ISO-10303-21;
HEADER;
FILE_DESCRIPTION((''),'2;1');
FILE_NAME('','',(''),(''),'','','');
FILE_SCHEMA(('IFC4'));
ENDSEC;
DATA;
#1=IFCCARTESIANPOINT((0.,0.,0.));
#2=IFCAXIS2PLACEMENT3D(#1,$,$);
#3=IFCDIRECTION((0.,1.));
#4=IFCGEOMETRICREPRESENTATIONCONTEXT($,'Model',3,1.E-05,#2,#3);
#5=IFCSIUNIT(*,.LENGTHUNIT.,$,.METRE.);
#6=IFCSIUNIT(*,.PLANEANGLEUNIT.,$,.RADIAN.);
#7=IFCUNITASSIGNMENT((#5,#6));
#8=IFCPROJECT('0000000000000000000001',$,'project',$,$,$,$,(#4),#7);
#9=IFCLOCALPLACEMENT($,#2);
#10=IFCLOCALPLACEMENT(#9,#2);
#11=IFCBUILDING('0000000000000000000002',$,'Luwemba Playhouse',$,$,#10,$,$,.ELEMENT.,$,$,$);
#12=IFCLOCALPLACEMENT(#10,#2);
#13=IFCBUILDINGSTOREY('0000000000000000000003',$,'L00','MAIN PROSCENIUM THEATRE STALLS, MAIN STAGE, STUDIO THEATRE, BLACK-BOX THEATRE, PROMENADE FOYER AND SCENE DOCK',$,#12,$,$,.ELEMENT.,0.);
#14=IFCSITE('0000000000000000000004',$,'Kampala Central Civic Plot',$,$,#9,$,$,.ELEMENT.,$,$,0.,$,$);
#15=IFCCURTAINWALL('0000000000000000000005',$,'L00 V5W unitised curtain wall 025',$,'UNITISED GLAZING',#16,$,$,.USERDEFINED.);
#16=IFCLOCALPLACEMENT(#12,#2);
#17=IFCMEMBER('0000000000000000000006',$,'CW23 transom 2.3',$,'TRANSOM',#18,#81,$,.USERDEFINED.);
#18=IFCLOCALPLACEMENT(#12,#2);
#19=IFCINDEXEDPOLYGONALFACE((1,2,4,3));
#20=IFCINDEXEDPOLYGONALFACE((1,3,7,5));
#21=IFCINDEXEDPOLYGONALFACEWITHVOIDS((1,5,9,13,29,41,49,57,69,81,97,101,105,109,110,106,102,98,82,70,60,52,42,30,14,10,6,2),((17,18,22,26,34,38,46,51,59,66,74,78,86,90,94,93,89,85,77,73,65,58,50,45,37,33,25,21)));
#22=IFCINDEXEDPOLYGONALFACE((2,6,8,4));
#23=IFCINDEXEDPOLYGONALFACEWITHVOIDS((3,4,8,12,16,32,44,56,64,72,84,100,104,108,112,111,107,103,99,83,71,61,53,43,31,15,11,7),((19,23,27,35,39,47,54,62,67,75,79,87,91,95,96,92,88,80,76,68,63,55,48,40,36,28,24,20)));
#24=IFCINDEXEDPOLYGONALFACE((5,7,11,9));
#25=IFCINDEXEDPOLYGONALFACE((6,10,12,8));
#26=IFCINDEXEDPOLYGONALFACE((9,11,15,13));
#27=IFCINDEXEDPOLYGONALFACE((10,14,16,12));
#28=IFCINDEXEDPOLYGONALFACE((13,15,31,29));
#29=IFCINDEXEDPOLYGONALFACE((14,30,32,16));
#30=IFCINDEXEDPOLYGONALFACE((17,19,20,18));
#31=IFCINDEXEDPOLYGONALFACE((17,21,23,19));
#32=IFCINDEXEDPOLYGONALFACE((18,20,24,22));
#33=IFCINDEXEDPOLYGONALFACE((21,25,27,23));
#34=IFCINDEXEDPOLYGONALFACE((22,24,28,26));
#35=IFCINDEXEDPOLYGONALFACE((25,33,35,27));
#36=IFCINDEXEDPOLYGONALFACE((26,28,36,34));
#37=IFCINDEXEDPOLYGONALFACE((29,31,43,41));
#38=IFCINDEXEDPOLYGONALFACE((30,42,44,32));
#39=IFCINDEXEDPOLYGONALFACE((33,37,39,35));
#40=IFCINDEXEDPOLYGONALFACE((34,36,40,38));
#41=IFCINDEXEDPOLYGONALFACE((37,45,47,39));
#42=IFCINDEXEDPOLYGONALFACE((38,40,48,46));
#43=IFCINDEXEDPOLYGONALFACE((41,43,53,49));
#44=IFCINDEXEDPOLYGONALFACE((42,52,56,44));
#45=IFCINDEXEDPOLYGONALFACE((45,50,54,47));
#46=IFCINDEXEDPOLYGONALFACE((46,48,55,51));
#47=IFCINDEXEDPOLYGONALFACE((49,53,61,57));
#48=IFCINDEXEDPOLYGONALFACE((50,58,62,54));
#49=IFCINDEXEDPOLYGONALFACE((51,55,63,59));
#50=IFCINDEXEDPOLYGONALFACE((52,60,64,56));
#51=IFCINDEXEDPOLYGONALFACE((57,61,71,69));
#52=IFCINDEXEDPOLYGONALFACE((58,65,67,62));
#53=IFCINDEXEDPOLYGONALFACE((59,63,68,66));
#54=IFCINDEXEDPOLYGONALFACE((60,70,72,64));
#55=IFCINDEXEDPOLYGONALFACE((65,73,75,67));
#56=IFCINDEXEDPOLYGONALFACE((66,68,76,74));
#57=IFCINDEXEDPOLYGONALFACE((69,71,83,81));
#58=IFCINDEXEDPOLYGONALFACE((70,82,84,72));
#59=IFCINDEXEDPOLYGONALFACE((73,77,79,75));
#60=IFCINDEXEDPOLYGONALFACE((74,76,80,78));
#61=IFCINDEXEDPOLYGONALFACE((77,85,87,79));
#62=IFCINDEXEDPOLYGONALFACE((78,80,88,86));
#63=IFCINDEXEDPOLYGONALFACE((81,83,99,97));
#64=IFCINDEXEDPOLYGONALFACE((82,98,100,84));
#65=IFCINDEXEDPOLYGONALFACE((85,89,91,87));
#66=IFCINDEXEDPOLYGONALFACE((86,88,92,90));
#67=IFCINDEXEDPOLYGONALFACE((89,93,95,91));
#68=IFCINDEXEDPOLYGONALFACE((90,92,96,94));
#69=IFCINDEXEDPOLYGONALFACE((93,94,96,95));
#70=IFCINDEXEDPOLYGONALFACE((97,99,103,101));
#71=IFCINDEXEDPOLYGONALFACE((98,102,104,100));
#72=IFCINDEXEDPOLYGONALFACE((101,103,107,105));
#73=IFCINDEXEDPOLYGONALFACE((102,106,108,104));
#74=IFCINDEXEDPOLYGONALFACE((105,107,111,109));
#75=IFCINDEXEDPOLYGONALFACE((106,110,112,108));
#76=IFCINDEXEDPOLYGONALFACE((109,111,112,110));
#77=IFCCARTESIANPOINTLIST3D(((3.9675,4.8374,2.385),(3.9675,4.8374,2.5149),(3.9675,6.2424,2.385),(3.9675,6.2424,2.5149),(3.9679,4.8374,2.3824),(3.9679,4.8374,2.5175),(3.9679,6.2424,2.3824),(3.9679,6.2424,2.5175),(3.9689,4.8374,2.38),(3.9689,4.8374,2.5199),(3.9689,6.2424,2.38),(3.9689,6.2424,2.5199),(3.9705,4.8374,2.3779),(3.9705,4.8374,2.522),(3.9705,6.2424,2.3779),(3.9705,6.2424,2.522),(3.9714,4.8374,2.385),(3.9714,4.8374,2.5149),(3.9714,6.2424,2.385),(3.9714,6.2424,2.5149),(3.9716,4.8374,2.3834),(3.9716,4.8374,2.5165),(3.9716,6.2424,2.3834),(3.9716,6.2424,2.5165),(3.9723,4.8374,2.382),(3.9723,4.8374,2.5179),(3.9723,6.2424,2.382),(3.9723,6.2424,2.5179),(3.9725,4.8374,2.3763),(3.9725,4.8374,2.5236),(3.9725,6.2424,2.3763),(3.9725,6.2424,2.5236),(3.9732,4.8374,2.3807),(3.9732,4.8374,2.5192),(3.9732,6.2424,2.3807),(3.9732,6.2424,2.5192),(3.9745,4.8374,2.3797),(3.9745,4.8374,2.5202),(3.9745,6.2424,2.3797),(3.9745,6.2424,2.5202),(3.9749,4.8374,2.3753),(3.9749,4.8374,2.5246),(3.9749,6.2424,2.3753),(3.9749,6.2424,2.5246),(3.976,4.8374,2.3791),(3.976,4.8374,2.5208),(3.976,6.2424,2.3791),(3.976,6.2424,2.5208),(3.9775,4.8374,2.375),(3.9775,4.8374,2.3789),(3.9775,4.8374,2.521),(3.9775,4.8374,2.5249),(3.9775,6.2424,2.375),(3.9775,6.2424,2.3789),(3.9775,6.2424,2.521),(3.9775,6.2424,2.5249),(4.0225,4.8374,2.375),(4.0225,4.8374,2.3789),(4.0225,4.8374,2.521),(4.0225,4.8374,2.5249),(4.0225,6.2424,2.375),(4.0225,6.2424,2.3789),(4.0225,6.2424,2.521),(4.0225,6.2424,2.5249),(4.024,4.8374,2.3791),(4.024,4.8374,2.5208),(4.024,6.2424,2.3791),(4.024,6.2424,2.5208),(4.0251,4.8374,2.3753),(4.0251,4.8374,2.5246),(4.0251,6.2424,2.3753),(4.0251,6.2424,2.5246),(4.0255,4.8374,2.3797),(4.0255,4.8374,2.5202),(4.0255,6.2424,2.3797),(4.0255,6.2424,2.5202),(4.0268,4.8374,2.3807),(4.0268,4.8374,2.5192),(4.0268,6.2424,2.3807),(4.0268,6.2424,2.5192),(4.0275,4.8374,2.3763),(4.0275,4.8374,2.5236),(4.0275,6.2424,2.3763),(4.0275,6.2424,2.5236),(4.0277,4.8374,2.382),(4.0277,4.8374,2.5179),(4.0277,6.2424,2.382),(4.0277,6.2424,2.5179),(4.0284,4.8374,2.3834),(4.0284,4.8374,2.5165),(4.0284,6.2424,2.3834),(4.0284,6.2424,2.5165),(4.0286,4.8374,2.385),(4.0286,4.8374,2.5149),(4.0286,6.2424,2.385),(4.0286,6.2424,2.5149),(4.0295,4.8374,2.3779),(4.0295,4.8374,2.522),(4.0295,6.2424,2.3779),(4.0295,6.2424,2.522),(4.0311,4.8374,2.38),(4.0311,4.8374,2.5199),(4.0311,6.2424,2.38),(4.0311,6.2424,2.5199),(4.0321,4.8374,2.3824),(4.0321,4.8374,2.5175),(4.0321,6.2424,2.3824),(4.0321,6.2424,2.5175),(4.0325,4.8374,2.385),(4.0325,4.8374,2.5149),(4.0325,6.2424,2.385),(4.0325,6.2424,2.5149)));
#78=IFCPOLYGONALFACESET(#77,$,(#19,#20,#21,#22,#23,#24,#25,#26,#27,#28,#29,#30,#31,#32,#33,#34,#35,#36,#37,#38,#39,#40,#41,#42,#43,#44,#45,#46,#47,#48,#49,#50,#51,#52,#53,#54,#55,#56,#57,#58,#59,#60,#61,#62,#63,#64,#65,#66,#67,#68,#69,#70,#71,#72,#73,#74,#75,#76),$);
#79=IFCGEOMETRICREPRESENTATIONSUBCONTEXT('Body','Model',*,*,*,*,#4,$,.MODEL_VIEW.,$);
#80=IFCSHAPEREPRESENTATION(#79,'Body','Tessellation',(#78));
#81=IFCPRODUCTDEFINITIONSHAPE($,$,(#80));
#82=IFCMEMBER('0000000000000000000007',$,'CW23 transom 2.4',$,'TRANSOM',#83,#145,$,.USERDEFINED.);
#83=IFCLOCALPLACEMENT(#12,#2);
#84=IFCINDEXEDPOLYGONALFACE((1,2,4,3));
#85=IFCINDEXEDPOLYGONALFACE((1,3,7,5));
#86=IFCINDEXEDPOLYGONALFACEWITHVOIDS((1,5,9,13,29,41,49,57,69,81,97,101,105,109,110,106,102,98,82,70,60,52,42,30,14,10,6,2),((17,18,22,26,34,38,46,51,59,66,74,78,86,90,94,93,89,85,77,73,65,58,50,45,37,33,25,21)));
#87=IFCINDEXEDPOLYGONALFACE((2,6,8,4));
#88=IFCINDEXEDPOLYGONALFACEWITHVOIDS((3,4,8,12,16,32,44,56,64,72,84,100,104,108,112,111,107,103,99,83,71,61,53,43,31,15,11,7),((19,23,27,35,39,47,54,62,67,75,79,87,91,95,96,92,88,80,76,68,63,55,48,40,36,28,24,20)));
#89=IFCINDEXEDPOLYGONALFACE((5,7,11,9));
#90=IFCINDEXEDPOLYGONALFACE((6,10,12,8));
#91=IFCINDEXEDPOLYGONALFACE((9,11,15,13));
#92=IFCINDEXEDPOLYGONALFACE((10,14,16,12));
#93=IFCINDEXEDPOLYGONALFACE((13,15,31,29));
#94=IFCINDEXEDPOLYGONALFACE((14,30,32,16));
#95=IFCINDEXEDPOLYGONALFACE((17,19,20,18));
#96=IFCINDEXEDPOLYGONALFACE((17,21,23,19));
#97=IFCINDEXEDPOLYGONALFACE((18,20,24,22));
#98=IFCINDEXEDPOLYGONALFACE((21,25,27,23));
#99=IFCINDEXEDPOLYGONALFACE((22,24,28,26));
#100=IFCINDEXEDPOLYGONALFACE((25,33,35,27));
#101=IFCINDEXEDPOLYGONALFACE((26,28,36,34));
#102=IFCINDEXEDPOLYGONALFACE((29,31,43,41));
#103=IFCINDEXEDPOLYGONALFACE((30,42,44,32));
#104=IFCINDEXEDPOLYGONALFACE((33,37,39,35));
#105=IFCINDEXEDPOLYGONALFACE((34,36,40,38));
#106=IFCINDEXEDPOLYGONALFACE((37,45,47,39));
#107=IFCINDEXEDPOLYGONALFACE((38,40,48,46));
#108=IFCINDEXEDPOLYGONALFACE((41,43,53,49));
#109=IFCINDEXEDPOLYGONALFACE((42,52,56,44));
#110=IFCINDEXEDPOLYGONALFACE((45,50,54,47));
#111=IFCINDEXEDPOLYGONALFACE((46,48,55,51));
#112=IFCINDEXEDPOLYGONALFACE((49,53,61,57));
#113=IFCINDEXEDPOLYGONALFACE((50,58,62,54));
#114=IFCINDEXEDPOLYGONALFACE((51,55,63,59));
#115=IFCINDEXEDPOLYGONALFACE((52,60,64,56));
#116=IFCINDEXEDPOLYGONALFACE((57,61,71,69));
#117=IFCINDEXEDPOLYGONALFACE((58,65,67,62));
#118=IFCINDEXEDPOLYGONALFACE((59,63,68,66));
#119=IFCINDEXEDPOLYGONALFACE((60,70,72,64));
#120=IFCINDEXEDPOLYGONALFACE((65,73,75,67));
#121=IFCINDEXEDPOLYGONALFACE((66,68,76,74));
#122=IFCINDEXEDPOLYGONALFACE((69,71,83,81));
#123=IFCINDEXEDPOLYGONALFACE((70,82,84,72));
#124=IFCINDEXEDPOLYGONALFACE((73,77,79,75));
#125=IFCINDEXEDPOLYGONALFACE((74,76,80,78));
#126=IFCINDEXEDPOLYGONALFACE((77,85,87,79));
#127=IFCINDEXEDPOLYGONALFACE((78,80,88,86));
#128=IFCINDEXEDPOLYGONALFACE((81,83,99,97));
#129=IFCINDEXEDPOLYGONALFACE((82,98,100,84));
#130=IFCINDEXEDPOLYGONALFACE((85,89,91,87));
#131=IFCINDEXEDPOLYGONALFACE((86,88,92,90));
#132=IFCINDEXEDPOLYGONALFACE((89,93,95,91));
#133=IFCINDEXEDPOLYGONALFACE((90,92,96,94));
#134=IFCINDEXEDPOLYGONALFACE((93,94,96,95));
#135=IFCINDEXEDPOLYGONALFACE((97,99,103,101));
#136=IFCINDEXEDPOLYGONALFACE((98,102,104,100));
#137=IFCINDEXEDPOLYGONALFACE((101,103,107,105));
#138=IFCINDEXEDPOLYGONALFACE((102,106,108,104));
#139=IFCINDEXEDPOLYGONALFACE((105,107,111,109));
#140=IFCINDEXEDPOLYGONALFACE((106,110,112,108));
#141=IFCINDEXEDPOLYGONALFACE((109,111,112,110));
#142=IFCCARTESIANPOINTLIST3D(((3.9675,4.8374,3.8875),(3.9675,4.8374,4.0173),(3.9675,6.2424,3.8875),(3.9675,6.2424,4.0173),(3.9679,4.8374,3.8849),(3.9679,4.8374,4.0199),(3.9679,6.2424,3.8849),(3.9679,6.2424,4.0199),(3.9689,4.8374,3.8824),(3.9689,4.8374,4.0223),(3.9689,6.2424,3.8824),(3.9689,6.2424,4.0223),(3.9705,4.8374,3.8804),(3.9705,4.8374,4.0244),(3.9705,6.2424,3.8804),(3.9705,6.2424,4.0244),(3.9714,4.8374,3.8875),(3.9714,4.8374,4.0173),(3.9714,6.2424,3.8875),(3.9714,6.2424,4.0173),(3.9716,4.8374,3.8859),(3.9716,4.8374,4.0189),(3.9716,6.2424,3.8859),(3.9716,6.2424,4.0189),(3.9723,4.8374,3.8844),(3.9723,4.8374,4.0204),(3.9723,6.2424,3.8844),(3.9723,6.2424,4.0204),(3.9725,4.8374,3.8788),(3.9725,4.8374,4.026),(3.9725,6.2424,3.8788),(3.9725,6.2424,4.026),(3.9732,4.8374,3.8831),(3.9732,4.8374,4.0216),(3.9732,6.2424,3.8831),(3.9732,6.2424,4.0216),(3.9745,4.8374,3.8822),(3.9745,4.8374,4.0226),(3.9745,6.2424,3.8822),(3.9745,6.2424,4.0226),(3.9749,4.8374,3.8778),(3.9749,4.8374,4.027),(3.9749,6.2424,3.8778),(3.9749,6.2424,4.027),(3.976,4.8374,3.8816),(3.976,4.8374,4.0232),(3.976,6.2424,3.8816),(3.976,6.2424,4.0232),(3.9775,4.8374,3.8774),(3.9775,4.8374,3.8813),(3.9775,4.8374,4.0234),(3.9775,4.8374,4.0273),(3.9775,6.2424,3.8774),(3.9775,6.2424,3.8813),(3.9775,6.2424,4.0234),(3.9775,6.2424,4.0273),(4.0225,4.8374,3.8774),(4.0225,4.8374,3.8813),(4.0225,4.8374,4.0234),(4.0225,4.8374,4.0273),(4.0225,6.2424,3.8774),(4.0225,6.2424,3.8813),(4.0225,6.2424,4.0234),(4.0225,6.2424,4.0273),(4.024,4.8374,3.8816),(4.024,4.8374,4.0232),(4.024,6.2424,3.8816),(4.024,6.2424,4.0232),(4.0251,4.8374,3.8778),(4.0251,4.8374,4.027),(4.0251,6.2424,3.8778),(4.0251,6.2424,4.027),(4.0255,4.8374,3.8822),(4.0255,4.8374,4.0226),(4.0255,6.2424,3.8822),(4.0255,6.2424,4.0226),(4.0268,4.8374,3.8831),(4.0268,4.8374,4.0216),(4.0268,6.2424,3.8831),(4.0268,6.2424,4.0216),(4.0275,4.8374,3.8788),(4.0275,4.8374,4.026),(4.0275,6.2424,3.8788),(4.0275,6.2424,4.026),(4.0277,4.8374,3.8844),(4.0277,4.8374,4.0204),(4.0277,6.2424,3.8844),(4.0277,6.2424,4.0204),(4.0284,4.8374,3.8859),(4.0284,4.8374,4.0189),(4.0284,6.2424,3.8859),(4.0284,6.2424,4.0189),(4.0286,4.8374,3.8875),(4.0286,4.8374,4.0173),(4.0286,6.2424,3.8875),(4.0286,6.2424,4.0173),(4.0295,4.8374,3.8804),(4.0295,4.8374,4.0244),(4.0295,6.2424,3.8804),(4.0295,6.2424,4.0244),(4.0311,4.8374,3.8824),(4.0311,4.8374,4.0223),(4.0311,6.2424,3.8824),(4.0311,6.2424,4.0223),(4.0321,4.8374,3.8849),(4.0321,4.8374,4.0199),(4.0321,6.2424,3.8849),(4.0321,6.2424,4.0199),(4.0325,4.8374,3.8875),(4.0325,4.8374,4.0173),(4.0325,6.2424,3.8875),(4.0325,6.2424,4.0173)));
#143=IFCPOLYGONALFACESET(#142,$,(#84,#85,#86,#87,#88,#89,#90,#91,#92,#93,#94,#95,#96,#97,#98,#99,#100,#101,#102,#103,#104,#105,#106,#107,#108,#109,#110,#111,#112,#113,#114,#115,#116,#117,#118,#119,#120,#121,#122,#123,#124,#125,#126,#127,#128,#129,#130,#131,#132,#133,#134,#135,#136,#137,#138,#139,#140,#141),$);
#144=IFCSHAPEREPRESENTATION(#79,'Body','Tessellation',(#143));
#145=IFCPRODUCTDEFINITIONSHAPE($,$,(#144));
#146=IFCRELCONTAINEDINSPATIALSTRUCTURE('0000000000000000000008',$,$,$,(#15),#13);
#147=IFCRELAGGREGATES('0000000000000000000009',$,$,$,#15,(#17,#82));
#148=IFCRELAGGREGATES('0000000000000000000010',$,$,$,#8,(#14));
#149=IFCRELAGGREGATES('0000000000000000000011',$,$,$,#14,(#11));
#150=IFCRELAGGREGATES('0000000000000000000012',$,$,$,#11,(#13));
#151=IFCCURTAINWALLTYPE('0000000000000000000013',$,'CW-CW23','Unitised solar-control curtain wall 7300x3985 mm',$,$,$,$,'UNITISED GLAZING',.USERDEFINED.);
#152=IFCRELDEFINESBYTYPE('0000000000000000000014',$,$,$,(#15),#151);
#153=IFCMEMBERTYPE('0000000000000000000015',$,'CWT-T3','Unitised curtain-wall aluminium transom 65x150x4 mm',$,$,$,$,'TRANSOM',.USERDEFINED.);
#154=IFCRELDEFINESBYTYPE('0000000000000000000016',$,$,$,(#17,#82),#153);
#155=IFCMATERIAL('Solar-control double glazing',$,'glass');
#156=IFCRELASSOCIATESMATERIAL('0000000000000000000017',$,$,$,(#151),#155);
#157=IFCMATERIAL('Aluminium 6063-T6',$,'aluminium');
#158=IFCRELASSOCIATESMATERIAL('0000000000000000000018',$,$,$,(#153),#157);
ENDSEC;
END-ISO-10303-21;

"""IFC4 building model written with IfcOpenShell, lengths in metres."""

from ifc_helpers import new_model, si_unit, direction, frame, origin, origin_2d, place, context, subcontext, project, spatial, hollow_rectangle, extrude, material, material_profile, profile_set, type_object, element, aggregate, save


model = new_model("IFC4")

# Units and contexts
model_context = context("Model", 3, precision=1e-05, world=origin(), true_north=direction((0.0, 1.0)))
body_context = subcontext(model_context, "Body", "Model", "MODEL_VIEW")
ifc_project = project(units=[si_unit("LENGTHUNIT", "METRE"), si_unit("PLANEANGLEUNIT", "RADIAN")], contexts=[model_context])

# Site, building, storey
site_placement = place(None, origin())
site = spatial("IfcSite", under=ifc_project, at=site_placement, Name="Kampala Central Civic Plot", CompositionType="ELEMENT", RefElevation=0.0)
building_placement = place(site_placement, origin())
building = spatial("IfcBuilding", under=site, at=building_placement, Name="Luwemba Playhouse", CompositionType="ELEMENT")
storey_placement = place(building_placement, origin())
storey = spatial("IfcBuildingStorey", under=building, at=storey_placement, Name="L00", Description="MAIN PROSCENIUM THEATRE STALLS, MAIN STAGE, STUDIO THEATRE, BLACK-BOX THEATRE, PROMENADE FOYER AND SCENE DOCK", CompositionType="ELEMENT", Elevation=0.0)

# Curtain wall, members
ifc_material_1 = material(Name="Solar-control double glazing", Category="glass")
curtain_wall_type = type_object("IfcCurtainWallType", Name="CW-CW23", Description="Unitised solar-control curtain wall 7300x3985 mm", ElementType="UNITISED GLAZING", PredefinedType="USERDEFINED", material=ifc_material_1)
curtain_wall_placement = place(storey_placement, origin())
curtain_wall = element("IfcCurtainWall", 1, at=curtain_wall_placement, inside=storey, type_object=curtain_wall_type, Name="L00 V5W unitised curtain wall 025", ObjectType="UNITISED GLAZING", PredefinedType="USERDEFINED")
ifc_material_2 = material(Name="Aluminium 6063-T6", Category="aluminium")
ifc_material_profile_1 = material_profile(ifc_material_2, hollow_rectangle(XDim=0.0649, YDim=0.1499, WallThickness=0.0039, InnerFilletRadius=0.0061, OuterFilletRadius=0.01, at=origin_2d()))
ifc_profile_set_1 = profile_set([ifc_material_profile_1], Name="Aluminium 6063-T6")
member_type_1 = type_object("IfcMemberType", Name="CWT-T3", Description="Unitised curtain-wall aluminium transom 65x150x4 mm", ElementType="TRANSOM", PredefinedType="USERDEFINED", material=ifc_profile_set_1)
member_1_placement = place(storey_placement, frame((4.0, 4.8374, 2.45), z_axis=(0.0, 1.0, 0.0), x_axis=(-1.0, 0.0, 0.0)))
member_1 = element("IfcMember", 2, at=member_1_placement, type_object=member_type_1, Name="CW23 transom 2.3", ObjectType="TRANSOM", PredefinedType="USERDEFINED", context=body_context, shape_type="SweptSolid", body=[
    extrude(hollow_rectangle(XDim=0.0649, YDim=0.1499, WallThickness=0.0039, InnerFilletRadius=0.0061, OuterFilletRadius=0.01, at=origin_2d()), origin(), (0.0, 0.0, 1.0), 1.405),
])
member_2_placement = place(storey_placement, frame((4.0, 4.8374, 3.9524), z_axis=(0.0, 1.0, 0.0), x_axis=(-1.0, 0.0, 0.0)))
member_2 = element("IfcMember", 3, at=member_2_placement, type_object=member_type_1, Name="CW23 transom 2.4", ObjectType="TRANSOM", PredefinedType="USERDEFINED", context=body_context, shape_type="SweptSolid", body=[
    extrude(hollow_rectangle(XDim=0.0649, YDim=0.1499, WallThickness=0.0039, InnerFilletRadius=0.0061, OuterFilletRadius=0.01, at=origin_2d()), origin(), (0.0, 0.0, 1.0), 1.405),
])
aggregate(curtain_wall, [member_1, member_2])

save(model, "model.ifc")
